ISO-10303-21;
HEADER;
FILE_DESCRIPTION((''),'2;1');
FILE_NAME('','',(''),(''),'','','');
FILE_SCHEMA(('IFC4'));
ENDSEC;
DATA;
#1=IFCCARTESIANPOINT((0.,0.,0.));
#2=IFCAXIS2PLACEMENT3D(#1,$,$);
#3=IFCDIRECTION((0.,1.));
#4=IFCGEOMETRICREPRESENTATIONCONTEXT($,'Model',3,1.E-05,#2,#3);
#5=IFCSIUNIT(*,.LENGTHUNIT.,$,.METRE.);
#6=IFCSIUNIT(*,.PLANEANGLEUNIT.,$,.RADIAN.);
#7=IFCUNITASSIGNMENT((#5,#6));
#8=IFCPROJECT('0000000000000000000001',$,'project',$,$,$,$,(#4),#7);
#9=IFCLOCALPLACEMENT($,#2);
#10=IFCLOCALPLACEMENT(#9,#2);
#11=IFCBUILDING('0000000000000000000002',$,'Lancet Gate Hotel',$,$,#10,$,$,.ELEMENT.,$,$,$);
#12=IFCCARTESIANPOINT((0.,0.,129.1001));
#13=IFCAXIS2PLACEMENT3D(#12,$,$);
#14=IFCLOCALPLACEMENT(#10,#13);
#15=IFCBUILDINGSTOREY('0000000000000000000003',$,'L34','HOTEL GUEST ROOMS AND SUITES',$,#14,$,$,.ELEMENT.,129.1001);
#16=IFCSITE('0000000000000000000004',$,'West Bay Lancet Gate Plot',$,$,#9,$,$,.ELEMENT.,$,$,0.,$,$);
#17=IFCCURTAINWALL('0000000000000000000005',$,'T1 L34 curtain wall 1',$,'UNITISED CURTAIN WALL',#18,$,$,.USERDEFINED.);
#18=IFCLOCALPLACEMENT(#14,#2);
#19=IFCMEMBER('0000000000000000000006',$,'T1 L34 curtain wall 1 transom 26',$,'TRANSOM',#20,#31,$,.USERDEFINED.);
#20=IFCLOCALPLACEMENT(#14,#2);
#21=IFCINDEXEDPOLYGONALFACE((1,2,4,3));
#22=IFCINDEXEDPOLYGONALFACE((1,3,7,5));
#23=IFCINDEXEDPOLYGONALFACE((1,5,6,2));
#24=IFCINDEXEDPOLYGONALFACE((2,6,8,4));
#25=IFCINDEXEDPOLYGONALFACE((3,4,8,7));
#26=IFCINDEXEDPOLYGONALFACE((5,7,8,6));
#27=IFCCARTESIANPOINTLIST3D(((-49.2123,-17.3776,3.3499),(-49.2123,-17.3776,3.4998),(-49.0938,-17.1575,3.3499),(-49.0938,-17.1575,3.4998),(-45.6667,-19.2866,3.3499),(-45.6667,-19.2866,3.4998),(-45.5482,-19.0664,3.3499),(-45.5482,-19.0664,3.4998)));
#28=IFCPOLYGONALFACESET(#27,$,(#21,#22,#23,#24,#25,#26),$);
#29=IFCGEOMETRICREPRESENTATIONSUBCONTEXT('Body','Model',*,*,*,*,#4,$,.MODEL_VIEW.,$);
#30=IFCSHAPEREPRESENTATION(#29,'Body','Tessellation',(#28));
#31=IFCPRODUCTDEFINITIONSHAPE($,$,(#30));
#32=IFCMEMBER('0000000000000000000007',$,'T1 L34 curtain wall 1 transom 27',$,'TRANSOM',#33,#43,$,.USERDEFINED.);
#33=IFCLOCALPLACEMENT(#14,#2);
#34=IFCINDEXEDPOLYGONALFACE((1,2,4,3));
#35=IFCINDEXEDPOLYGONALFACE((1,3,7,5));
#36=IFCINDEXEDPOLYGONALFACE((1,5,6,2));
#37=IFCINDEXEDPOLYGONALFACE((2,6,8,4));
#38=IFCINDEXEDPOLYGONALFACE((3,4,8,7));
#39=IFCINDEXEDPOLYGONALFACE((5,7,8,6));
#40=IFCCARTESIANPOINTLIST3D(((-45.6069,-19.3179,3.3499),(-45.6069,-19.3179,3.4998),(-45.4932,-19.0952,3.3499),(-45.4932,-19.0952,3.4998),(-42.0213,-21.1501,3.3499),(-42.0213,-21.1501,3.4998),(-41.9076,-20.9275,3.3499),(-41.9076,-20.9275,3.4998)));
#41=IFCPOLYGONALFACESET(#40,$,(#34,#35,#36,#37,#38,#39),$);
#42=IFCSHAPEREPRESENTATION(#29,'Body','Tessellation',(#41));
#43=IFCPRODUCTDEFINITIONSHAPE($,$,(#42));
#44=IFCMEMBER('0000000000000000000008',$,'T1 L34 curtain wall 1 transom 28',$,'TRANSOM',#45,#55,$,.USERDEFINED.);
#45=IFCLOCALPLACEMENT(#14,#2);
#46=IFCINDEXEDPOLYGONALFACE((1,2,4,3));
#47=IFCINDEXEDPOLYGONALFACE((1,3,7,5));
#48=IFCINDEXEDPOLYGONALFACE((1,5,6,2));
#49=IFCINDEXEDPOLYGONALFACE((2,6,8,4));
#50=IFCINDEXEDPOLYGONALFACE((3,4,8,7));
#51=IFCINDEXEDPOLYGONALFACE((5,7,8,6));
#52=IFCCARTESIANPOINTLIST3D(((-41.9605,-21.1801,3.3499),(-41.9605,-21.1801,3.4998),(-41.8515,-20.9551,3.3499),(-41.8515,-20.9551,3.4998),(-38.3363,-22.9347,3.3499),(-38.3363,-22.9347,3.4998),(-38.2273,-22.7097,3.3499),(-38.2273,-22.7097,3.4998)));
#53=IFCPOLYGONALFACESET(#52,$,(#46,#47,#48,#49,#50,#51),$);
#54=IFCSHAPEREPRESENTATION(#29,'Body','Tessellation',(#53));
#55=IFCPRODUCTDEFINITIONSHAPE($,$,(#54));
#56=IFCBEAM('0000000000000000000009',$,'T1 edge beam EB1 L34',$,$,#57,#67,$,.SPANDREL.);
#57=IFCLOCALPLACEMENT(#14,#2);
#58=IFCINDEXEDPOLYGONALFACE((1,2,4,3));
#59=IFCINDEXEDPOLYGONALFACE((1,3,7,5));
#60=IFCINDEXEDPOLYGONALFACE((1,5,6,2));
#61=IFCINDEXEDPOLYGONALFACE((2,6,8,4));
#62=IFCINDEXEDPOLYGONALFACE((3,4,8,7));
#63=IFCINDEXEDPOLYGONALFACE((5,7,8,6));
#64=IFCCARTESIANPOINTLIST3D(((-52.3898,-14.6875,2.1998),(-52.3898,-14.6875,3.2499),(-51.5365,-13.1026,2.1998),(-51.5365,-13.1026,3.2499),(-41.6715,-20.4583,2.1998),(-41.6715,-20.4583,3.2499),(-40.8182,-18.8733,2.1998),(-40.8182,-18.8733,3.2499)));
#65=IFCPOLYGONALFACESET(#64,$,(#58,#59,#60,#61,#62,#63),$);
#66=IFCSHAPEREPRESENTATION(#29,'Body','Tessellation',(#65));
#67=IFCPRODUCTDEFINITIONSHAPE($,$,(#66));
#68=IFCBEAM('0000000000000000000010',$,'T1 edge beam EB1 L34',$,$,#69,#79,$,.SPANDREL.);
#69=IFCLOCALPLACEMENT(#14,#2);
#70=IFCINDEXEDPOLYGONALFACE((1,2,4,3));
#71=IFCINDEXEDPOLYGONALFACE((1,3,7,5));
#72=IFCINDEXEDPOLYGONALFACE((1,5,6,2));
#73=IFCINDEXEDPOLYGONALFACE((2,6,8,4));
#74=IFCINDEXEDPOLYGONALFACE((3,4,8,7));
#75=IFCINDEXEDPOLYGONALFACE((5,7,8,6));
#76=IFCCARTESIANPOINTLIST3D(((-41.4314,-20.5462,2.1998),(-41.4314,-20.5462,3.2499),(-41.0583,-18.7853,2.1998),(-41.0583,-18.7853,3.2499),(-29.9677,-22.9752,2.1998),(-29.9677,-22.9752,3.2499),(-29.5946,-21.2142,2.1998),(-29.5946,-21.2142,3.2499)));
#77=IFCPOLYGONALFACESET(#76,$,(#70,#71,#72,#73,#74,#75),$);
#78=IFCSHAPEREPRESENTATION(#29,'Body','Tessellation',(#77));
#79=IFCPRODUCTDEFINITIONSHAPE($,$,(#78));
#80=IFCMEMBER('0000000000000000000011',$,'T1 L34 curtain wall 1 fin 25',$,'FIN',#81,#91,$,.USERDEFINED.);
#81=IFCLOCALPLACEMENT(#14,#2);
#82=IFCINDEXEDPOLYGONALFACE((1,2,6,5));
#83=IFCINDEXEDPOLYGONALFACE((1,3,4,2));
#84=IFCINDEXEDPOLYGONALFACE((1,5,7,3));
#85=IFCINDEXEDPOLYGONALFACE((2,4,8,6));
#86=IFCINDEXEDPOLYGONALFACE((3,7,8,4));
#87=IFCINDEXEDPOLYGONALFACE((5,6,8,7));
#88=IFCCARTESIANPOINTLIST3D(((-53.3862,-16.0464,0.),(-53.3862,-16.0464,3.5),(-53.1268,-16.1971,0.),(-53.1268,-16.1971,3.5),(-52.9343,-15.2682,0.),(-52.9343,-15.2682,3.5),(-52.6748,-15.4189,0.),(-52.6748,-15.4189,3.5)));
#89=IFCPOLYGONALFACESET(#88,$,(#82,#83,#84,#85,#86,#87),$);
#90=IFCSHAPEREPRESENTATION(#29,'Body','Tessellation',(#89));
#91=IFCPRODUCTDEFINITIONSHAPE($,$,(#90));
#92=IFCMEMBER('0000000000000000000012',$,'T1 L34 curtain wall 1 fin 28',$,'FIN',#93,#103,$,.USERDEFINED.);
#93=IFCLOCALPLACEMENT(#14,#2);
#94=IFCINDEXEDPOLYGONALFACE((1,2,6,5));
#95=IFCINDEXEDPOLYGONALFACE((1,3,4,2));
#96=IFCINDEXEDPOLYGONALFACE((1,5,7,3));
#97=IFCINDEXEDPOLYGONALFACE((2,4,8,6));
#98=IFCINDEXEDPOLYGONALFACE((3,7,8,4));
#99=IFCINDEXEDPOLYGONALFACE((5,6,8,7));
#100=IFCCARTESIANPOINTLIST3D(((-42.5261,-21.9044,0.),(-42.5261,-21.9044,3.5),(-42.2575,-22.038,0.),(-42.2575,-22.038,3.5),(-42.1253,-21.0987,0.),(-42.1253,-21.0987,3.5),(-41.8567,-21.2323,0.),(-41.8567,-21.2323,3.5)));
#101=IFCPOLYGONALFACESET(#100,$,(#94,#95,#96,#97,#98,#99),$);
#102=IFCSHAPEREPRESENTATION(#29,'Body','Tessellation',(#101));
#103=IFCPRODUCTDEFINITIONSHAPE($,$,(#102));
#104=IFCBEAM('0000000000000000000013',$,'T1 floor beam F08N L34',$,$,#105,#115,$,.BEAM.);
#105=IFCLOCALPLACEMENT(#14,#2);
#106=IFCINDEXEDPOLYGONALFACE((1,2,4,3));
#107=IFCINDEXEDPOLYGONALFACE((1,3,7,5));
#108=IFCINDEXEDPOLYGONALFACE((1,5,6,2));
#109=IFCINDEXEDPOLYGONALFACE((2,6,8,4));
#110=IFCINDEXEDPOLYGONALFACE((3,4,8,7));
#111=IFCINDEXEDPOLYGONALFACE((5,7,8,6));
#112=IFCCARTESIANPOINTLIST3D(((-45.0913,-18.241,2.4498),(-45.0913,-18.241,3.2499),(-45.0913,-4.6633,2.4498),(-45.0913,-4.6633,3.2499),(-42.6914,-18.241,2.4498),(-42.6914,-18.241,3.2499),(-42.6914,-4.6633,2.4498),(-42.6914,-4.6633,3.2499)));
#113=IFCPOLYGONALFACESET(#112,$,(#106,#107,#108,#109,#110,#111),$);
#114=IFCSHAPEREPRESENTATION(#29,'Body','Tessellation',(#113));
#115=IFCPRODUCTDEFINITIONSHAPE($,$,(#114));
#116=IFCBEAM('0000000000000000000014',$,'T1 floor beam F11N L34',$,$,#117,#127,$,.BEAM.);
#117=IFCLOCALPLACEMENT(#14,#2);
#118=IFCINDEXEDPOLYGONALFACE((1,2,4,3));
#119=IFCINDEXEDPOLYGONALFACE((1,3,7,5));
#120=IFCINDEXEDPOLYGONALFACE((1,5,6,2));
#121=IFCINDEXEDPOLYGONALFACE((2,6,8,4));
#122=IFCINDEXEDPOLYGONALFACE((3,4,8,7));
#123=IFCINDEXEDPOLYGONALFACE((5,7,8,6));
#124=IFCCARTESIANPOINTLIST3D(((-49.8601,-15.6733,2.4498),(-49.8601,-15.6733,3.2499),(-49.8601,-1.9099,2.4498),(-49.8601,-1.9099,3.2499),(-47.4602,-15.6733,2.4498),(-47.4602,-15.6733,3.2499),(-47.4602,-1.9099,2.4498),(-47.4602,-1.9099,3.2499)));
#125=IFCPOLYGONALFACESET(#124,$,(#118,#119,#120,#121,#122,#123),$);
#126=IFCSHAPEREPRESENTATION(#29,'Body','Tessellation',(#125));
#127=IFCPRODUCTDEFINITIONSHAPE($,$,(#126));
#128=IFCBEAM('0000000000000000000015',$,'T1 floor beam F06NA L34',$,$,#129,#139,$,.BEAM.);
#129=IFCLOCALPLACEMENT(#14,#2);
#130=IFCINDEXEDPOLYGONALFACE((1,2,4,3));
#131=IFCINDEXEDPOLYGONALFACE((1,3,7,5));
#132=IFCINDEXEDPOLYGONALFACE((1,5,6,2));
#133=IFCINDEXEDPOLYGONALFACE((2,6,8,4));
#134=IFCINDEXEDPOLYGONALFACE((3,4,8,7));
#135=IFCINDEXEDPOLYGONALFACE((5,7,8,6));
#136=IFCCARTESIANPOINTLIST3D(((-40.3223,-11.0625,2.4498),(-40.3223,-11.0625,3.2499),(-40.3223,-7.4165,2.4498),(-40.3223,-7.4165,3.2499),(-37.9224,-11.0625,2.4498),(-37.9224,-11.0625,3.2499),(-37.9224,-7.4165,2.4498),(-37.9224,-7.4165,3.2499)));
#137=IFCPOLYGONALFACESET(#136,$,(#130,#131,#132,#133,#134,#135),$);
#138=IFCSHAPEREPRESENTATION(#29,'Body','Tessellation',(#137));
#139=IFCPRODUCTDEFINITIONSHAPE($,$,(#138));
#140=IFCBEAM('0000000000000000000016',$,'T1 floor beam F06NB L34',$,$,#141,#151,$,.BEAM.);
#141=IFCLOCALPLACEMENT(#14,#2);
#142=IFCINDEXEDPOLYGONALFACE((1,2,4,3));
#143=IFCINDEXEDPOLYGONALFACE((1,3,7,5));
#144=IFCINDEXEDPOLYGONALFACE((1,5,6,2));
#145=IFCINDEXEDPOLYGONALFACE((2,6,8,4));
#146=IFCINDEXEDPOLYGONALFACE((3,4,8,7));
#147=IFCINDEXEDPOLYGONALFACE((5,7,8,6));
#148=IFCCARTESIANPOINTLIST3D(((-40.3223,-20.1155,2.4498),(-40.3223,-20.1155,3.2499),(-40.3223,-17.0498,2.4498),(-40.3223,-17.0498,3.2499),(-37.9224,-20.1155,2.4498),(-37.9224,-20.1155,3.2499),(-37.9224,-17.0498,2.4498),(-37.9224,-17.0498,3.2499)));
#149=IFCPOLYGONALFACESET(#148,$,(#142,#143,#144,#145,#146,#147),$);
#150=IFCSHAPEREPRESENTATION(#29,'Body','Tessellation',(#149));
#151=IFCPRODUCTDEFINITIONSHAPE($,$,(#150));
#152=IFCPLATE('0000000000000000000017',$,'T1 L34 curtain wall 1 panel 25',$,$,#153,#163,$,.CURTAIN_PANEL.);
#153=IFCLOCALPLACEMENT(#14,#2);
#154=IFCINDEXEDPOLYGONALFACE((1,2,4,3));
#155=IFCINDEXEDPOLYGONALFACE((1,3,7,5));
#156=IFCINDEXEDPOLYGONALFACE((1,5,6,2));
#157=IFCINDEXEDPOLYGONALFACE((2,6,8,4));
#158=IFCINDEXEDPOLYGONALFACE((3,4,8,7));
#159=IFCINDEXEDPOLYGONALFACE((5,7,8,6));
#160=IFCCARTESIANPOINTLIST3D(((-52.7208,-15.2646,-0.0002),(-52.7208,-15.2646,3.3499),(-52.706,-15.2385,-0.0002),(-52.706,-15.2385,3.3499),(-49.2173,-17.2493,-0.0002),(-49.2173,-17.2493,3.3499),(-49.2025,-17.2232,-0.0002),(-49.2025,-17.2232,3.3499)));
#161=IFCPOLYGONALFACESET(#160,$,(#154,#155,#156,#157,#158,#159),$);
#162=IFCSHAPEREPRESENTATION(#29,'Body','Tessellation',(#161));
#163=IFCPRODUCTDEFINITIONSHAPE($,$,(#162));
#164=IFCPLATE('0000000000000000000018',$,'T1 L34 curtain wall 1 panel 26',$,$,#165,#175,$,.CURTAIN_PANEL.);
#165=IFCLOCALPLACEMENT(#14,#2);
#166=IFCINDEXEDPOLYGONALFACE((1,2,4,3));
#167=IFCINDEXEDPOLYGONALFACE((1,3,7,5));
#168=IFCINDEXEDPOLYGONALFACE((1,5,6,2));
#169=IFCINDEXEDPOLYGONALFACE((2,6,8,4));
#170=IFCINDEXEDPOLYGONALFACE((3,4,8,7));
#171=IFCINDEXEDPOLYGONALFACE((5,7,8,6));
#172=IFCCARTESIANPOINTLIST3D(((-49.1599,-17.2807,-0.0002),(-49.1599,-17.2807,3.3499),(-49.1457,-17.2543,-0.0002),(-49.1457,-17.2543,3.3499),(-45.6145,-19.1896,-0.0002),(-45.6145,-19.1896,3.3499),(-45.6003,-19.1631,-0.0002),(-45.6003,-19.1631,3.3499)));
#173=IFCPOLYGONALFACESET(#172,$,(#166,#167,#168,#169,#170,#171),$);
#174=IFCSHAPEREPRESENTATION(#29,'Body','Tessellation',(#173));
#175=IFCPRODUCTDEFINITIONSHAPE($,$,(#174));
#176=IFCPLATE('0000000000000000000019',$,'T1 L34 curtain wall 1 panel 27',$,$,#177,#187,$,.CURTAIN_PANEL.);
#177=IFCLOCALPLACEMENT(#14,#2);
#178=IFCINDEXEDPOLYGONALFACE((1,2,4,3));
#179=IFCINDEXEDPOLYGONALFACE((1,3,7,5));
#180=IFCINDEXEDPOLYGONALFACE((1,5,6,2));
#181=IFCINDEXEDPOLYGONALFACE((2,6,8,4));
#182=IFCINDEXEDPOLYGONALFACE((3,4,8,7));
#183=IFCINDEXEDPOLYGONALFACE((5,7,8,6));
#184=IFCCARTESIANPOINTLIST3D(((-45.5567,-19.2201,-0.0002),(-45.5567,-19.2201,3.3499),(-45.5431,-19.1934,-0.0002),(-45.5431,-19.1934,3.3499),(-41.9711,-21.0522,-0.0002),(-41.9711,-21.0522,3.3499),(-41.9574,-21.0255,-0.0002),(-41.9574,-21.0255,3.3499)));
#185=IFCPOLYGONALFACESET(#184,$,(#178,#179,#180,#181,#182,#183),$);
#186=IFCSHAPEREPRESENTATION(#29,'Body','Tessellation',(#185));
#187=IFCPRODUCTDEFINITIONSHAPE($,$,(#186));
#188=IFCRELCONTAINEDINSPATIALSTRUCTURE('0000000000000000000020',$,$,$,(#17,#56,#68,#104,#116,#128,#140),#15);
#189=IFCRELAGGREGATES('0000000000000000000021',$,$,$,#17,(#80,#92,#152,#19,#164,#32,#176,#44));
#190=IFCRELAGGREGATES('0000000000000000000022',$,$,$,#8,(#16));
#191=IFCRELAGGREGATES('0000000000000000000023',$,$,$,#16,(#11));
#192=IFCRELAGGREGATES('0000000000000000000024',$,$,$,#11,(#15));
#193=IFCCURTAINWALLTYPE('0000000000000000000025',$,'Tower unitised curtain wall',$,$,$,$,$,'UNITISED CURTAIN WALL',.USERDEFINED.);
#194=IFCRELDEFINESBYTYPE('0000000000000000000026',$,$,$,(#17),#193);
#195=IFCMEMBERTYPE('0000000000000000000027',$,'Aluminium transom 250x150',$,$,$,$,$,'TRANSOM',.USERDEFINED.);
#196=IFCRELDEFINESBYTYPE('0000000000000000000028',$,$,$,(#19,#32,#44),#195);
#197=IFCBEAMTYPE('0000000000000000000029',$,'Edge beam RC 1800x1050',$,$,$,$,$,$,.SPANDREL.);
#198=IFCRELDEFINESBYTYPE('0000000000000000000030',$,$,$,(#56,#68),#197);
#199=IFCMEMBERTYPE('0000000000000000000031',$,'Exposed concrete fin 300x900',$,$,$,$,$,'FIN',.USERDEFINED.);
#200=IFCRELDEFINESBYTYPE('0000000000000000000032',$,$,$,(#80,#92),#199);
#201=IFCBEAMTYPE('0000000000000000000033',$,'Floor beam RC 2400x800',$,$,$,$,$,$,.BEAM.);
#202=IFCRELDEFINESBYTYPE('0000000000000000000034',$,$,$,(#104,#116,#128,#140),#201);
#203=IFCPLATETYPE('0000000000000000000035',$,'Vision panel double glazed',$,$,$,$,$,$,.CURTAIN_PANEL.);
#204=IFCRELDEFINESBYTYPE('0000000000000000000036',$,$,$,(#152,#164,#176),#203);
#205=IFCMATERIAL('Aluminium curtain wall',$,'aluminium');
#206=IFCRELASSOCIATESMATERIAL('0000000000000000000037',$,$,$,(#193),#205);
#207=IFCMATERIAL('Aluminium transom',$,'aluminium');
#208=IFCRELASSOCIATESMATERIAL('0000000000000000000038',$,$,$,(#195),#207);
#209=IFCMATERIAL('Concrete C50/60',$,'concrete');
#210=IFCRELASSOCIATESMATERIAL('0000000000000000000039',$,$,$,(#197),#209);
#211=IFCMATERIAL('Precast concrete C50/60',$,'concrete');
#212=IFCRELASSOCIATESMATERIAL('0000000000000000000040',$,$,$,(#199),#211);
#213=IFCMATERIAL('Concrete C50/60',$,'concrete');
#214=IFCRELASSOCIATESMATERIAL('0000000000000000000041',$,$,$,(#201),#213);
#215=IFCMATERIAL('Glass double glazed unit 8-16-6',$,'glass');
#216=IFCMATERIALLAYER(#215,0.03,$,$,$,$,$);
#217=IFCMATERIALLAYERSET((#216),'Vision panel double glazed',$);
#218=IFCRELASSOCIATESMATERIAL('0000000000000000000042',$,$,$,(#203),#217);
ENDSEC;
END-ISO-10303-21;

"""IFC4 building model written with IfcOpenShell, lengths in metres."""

from ifc_helpers import new_model, si_unit, direction, frame, origin, origin_2d, place, context, subcontext, project, spatial, rectangle, extrude, material, layer, layer_set, material_profile, profile_set, type_object, element, aggregate, save


model = new_model("IFC4")

# Units and contexts
model_context = context("Model", 3, precision=1e-05, world=origin(), true_north=direction((0.0, 1.0)))
body_context = subcontext(model_context, "Body", "Model", "MODEL_VIEW")
ifc_project = project(units=[si_unit("LENGTHUNIT", "METRE"), si_unit("PLANEANGLEUNIT", "RADIAN")], contexts=[model_context])

# Site, building, storey
site_placement = place(None, origin())
site = spatial("IfcSite", under=ifc_project, at=site_placement, Name="West Bay Lancet Gate Plot", CompositionType="ELEMENT", RefElevation=0.0)
building_placement = place(site_placement, origin())
building = spatial("IfcBuilding", under=site, at=building_placement, Name="Lancet Gate Hotel", CompositionType="ELEMENT")
storey_placement = place(building_placement, frame((0.0, 0.0, 129.1001)))
storey = spatial("IfcBuildingStorey", under=building, at=storey_placement, Name="L34", Description="HOTEL GUEST ROOMS AND SUITES", CompositionType="ELEMENT", Elevation=129.1001)

# Curtain wall, members
ifc_material_1 = material(Name="Aluminium curtain wall", Category="aluminium")
curtain_wall_type = type_object("IfcCurtainWallType", Name="Tower unitised curtain wall", ElementType="UNITISED CURTAIN WALL", PredefinedType="USERDEFINED", material=ifc_material_1)
curtain_wall_placement = place(storey_placement, origin())
curtain_wall = element("IfcCurtainWall", 1, at=curtain_wall_placement, inside=storey, type_object=curtain_wall_type, Name="T1 L34 curtain wall 1", ObjectType="UNITISED CURTAIN WALL", PredefinedType="USERDEFINED")
ifc_material_2 = material(Name="Aluminium transom", Category="aluminium")
ifc_material_profile_1 = material_profile(ifc_material_2, rectangle(XDim=0.25, YDim=0.1499, at=origin_2d()), Name="TRANSOM 250x150")
ifc_profile_set_1 = profile_set([ifc_material_profile_1], Name="Aluminium transom")
member_type_1 = type_object("IfcMemberType", Name="Aluminium transom 250x150", ElementType="TRANSOM", PredefinedType="USERDEFINED", material=ifc_profile_set_1)
member_1_placement = place(storey_placement, frame((-49.1531, -17.2676, 3.4248), z_axis=(0.880498, -0.474049, 0.0), x_axis=(0.474049, 0.880498, 0.0)))
member_1 = element("IfcMember", 2, at=member_1_placement, type_object=member_type_1, Name="T1 L34 curtain wall 1 transom 26", ObjectType="TRANSOM", PredefinedType="USERDEFINED", context=body_context, shape_type="SweptSolid", body=[
    extrude(rectangle(XDim=0.25, YDim=0.1499, at=origin_2d()), origin(), (0.0, 0.0, 1.0), 4.0269),
])
member_2_placement = place(storey_placement, frame((-45.55, -19.2065, 3.4248), z_axis=(0.890476, -0.45503, 0.0), x_axis=(0.45503, 0.890476, 0.0)))
member_2 = element("IfcMember", 3, at=member_2_placement, type_object=member_type_1, Name="T1 L34 curtain wall 1 transom 27", ObjectType="TRANSOM", PredefinedType="USERDEFINED", context=body_context, shape_type="SweptSolid", body=[
    extrude(rectangle(XDim=0.25, YDim=0.1499, at=origin_2d()), origin(), (0.0, 0.0, 1.0), 4.0266),
])
member_3_placement = place(storey_placement, frame((-41.906, -21.0676, 3.4248), z_axis=(0.900066, -0.435754, 0.0), x_axis=(0.435754, 0.900066, 0.0)))
member_3 = element("IfcMember", 4, at=member_3_placement, type_object=member_type_1, Name="T1 L34 curtain wall 1 transom 28", ObjectType="TRANSOM", PredefinedType="USERDEFINED", context=body_context, shape_type="SweptSolid", body=[
    extrude(rectangle(XDim=0.25, YDim=0.1499, at=origin_2d()), origin(), (0.0, 0.0, 1.0), 4.0266),
])

# Beams
ifc_material_3 = material(Name="Concrete C50/60", Category="concrete")
ifc_material_profile_2 = material_profile(ifc_material_3, rectangle(XDim=1.8, YDim=1.05, at=origin_2d()), Name="RC 1800x1050")
ifc_profile_set_2 = profile_set([ifc_material_profile_2], Name="Concrete C50/60")
beam_type_1 = type_object("IfcBeamType", Name="Edge beam RC 1800x1050", PredefinedType="SPANDREL", material=ifc_profile_set_2)
beam_1_placement = place(storey_placement, frame((-51.9631, -13.895, 2.7249), z_axis=(0.880492, -0.47406, 0.0), x_axis=(0.47406, 0.880492, 0.0)))
element("IfcBeam", 5, at=beam_1_placement, inside=storey, type_object=beam_type_1, Name="T1 edge beam EB1 L34", PredefinedType="SPANDREL", context=body_context, shape_type="SweptSolid", body=[
    extrude(rectangle(XDim=1.8, YDim=1.05, at=origin_2d()), origin(), (0.0, 0.0, 1.0), 12.1731),
])
beam_2_placement = place(storey_placement, frame((-41.2449, -19.6658, 2.7249), z_axis=(0.978282, -0.207278, 0.0), x_axis=(0.207278, 0.978282, 0.0)))
element("IfcBeam", 6, at=beam_2_placement, inside=storey, type_object=beam_type_1, Name="T1 edge beam EB1 L34", PredefinedType="SPANDREL", context=body_context, shape_type="SweptSolid", body=[
    extrude(rectangle(XDim=1.8, YDim=1.05, at=origin_2d()), origin(), (0.0, 0.0, 1.0), 11.7183),
])

# Members
ifc_material_4 = material(Name="Precast concrete C50/60", Category="concrete")
ifc_material_profile_3 = material_profile(ifc_material_4, rectangle(XDim=0.3, YDim=0.8999, at=origin_2d()), Name="FIN 300x900")
ifc_profile_set_3 = profile_set([ifc_material_profile_3], Name="Precast concrete C50/60")
member_type_2 = type_object("IfcMemberType", Name="Exposed concrete fin 300x900", ElementType="FIN", PredefinedType="USERDEFINED", material=ifc_profile_set_3)
member_4_placement = place(storey_placement, frame((-53.0305, -15.7327, 0.0), z_axis=(0.0, 0.0, 1.0), x_axis=(0.864728, -0.502241, 0.0)))
member_4 = element("IfcMember", 7, at=member_4_placement, type_object=member_type_2, Name="T1 L34 curtain wall 1 fin 25", ObjectType="FIN", PredefinedType="USERDEFINED", context=body_context, shape_type="SweptSolid", body=[
    extrude(rectangle(XDim=0.3, YDim=0.8999, at=origin_2d()), origin(), (0.0, 0.0, 1.0), 3.5),
])
member_5_placement = place(storey_placement, frame((-42.1914, -21.5684, 0.0), z_axis=(0.0, 0.0, 1.0), x_axis=(0.895339, -0.445384, 0.0)))
member_5 = element("IfcMember", 8, at=member_5_placement, type_object=member_type_2, Name="T1 L34 curtain wall 1 fin 28", ObjectType="FIN", PredefinedType="USERDEFINED", context=body_context, shape_type="SweptSolid", body=[
    extrude(rectangle(XDim=0.3, YDim=0.8999, at=origin_2d()), origin(), (0.0, 0.0, 1.0), 3.5),
])

# Beams
ifc_material_5 = material(Name="Concrete C50/60", Category="concrete")
ifc_material_profile_4 = material_profile(ifc_material_5, rectangle(XDim=2.3999, YDim=0.8, at=origin_2d()), Name="RC 2400x800")
ifc_profile_set_4 = profile_set([ifc_material_profile_4], Name="Concrete C50/60")
beam_type_2 = type_object("IfcBeamType", Name="Floor beam RC 2400x800", PredefinedType="BEAM", material=ifc_profile_set_4)
beam_3_placement = place(storey_placement, frame((-43.8914, -4.6633, 2.8499), z_axis=(0.0, -1.0, 0.0), x_axis=(1.0, 0.0, 0.0)))
element("IfcBeam", 9, at=beam_3_placement, inside=storey, type_object=beam_type_2, Name="T1 floor beam F08N L34", PredefinedType="BEAM", context=body_context, shape_type="SweptSolid", body=[
    extrude(rectangle(XDim=2.3999, YDim=0.8, at=origin_2d()), origin(), (0.0, 0.0, 1.0), 13.5776),
])
beam_4_placement = place(storey_placement, frame((-48.6602, -1.9099, 2.8499), z_axis=(0.0, -1.0, 0.0), x_axis=(1.0, 0.0, 0.0)))
element("IfcBeam", 10, at=beam_4_placement, inside=storey, type_object=beam_type_2, Name="T1 floor beam F11N L34", PredefinedType="BEAM", context=body_context, shape_type="SweptSolid", body=[
    extrude(rectangle(XDim=2.3999, YDim=0.8, at=origin_2d()), origin(), (0.0, 0.0, 1.0), 13.7634),
])
beam_5_placement = place(storey_placement, frame((-39.1223, -7.4165, 2.8499), z_axis=(0.0, -1.0, 0.0), x_axis=(1.0, 0.0, 0.0)))
element("IfcBeam", 11, at=beam_5_placement, inside=storey, type_object=beam_type_2, Name="T1 floor beam F06NA L34", PredefinedType="BEAM", context=body_context, shape_type="SweptSolid", body=[
    extrude(rectangle(XDim=2.3999, YDim=0.8, at=origin_2d()), origin(), (0.0, 0.0, 1.0), 3.646),
])
beam_6_placement = place(storey_placement, frame((-39.1223, -17.0498, 2.8499), z_axis=(0.0, -1.0, 0.0), x_axis=(1.0, 0.0, 0.0)))
element("IfcBeam", 12, at=beam_6_placement, inside=storey, type_object=beam_type_2, Name="T1 floor beam F06NB L34", PredefinedType="BEAM", context=body_context, shape_type="SweptSolid", body=[
    extrude(rectangle(XDim=2.3999, YDim=0.8, at=origin_2d()), origin(), (0.0, 0.0, 1.0), 3.0657),
])

# Plates
ifc_material_6 = material(Name="Glass double glazed unit 8-16-6", Category="glass")
ifc_layer_1 = layer(ifc_material_6, 0.03)
ifc_layer_set_1 = layer_set([ifc_layer_1], Name="Vision panel double glazed")
plate_type = type_object("IfcPlateType", Name="Vision panel double glazed", PredefinedType="CURTAIN_PANEL", material=ifc_layer_set_1)
plate_1_placement = place(storey_placement, frame((-50.9617, -16.2439, -0.0002), z_axis=(0.0, 0.0, 1.0), x_axis=(0.870084, -0.492904, 0.0)))
plate_1 = element("IfcPlate", 13, at=plate_1_placement, type_object=plate_type, Name="T1 L34 curtain wall 1 panel 25", PredefinedType="CURTAIN_PANEL", context=body_context, shape_type="SweptSolid", body=[
    extrude(rectangle(XDim=4.0266, YDim=0.03, at=origin_2d()), origin(), (0.0, 0.0, 1.0), 3.3501),
])
plate_2_placement = place(storey_placement, frame((-47.3801, -18.2219, -0.0002), z_axis=(0.0, 0.0, 1.0), x_axis=(0.880493, -0.47406, 0.0)))
plate_2 = element("IfcPlate", 14, at=plate_2_placement, type_object=plate_type, Name="T1 L34 curtain wall 1 panel 26", PredefinedType="CURTAIN_PANEL", context=body_context, shape_type="SweptSolid", body=[
    extrude(rectangle(XDim=4.0266, YDim=0.03, at=origin_2d()), origin(), (0.0, 0.0, 1.0), 3.3501),
])
plate_3_placement = place(storey_placement, frame((-43.7571, -20.1228, -0.0002), z_axis=(0.0, 0.0, 1.0), x_axis=(0.890493, -0.454996, 0.0)))
plate_3 = element("IfcPlate", 15, at=plate_3_placement, type_object=plate_type, Name="T1 L34 curtain wall 1 panel 27", PredefinedType="CURTAIN_PANEL", context=body_context, shape_type="SweptSolid", body=[
    extrude(rectangle(XDim=4.0266, YDim=0.03, at=origin_2d()), origin(), (0.0, 0.0, 1.0), 3.3501),
])
aggregate(curtain_wall, [member_4, member_5, plate_1, member_1, plate_2, member_2, plate_3, member_3])

save(model, "model.ifc")
